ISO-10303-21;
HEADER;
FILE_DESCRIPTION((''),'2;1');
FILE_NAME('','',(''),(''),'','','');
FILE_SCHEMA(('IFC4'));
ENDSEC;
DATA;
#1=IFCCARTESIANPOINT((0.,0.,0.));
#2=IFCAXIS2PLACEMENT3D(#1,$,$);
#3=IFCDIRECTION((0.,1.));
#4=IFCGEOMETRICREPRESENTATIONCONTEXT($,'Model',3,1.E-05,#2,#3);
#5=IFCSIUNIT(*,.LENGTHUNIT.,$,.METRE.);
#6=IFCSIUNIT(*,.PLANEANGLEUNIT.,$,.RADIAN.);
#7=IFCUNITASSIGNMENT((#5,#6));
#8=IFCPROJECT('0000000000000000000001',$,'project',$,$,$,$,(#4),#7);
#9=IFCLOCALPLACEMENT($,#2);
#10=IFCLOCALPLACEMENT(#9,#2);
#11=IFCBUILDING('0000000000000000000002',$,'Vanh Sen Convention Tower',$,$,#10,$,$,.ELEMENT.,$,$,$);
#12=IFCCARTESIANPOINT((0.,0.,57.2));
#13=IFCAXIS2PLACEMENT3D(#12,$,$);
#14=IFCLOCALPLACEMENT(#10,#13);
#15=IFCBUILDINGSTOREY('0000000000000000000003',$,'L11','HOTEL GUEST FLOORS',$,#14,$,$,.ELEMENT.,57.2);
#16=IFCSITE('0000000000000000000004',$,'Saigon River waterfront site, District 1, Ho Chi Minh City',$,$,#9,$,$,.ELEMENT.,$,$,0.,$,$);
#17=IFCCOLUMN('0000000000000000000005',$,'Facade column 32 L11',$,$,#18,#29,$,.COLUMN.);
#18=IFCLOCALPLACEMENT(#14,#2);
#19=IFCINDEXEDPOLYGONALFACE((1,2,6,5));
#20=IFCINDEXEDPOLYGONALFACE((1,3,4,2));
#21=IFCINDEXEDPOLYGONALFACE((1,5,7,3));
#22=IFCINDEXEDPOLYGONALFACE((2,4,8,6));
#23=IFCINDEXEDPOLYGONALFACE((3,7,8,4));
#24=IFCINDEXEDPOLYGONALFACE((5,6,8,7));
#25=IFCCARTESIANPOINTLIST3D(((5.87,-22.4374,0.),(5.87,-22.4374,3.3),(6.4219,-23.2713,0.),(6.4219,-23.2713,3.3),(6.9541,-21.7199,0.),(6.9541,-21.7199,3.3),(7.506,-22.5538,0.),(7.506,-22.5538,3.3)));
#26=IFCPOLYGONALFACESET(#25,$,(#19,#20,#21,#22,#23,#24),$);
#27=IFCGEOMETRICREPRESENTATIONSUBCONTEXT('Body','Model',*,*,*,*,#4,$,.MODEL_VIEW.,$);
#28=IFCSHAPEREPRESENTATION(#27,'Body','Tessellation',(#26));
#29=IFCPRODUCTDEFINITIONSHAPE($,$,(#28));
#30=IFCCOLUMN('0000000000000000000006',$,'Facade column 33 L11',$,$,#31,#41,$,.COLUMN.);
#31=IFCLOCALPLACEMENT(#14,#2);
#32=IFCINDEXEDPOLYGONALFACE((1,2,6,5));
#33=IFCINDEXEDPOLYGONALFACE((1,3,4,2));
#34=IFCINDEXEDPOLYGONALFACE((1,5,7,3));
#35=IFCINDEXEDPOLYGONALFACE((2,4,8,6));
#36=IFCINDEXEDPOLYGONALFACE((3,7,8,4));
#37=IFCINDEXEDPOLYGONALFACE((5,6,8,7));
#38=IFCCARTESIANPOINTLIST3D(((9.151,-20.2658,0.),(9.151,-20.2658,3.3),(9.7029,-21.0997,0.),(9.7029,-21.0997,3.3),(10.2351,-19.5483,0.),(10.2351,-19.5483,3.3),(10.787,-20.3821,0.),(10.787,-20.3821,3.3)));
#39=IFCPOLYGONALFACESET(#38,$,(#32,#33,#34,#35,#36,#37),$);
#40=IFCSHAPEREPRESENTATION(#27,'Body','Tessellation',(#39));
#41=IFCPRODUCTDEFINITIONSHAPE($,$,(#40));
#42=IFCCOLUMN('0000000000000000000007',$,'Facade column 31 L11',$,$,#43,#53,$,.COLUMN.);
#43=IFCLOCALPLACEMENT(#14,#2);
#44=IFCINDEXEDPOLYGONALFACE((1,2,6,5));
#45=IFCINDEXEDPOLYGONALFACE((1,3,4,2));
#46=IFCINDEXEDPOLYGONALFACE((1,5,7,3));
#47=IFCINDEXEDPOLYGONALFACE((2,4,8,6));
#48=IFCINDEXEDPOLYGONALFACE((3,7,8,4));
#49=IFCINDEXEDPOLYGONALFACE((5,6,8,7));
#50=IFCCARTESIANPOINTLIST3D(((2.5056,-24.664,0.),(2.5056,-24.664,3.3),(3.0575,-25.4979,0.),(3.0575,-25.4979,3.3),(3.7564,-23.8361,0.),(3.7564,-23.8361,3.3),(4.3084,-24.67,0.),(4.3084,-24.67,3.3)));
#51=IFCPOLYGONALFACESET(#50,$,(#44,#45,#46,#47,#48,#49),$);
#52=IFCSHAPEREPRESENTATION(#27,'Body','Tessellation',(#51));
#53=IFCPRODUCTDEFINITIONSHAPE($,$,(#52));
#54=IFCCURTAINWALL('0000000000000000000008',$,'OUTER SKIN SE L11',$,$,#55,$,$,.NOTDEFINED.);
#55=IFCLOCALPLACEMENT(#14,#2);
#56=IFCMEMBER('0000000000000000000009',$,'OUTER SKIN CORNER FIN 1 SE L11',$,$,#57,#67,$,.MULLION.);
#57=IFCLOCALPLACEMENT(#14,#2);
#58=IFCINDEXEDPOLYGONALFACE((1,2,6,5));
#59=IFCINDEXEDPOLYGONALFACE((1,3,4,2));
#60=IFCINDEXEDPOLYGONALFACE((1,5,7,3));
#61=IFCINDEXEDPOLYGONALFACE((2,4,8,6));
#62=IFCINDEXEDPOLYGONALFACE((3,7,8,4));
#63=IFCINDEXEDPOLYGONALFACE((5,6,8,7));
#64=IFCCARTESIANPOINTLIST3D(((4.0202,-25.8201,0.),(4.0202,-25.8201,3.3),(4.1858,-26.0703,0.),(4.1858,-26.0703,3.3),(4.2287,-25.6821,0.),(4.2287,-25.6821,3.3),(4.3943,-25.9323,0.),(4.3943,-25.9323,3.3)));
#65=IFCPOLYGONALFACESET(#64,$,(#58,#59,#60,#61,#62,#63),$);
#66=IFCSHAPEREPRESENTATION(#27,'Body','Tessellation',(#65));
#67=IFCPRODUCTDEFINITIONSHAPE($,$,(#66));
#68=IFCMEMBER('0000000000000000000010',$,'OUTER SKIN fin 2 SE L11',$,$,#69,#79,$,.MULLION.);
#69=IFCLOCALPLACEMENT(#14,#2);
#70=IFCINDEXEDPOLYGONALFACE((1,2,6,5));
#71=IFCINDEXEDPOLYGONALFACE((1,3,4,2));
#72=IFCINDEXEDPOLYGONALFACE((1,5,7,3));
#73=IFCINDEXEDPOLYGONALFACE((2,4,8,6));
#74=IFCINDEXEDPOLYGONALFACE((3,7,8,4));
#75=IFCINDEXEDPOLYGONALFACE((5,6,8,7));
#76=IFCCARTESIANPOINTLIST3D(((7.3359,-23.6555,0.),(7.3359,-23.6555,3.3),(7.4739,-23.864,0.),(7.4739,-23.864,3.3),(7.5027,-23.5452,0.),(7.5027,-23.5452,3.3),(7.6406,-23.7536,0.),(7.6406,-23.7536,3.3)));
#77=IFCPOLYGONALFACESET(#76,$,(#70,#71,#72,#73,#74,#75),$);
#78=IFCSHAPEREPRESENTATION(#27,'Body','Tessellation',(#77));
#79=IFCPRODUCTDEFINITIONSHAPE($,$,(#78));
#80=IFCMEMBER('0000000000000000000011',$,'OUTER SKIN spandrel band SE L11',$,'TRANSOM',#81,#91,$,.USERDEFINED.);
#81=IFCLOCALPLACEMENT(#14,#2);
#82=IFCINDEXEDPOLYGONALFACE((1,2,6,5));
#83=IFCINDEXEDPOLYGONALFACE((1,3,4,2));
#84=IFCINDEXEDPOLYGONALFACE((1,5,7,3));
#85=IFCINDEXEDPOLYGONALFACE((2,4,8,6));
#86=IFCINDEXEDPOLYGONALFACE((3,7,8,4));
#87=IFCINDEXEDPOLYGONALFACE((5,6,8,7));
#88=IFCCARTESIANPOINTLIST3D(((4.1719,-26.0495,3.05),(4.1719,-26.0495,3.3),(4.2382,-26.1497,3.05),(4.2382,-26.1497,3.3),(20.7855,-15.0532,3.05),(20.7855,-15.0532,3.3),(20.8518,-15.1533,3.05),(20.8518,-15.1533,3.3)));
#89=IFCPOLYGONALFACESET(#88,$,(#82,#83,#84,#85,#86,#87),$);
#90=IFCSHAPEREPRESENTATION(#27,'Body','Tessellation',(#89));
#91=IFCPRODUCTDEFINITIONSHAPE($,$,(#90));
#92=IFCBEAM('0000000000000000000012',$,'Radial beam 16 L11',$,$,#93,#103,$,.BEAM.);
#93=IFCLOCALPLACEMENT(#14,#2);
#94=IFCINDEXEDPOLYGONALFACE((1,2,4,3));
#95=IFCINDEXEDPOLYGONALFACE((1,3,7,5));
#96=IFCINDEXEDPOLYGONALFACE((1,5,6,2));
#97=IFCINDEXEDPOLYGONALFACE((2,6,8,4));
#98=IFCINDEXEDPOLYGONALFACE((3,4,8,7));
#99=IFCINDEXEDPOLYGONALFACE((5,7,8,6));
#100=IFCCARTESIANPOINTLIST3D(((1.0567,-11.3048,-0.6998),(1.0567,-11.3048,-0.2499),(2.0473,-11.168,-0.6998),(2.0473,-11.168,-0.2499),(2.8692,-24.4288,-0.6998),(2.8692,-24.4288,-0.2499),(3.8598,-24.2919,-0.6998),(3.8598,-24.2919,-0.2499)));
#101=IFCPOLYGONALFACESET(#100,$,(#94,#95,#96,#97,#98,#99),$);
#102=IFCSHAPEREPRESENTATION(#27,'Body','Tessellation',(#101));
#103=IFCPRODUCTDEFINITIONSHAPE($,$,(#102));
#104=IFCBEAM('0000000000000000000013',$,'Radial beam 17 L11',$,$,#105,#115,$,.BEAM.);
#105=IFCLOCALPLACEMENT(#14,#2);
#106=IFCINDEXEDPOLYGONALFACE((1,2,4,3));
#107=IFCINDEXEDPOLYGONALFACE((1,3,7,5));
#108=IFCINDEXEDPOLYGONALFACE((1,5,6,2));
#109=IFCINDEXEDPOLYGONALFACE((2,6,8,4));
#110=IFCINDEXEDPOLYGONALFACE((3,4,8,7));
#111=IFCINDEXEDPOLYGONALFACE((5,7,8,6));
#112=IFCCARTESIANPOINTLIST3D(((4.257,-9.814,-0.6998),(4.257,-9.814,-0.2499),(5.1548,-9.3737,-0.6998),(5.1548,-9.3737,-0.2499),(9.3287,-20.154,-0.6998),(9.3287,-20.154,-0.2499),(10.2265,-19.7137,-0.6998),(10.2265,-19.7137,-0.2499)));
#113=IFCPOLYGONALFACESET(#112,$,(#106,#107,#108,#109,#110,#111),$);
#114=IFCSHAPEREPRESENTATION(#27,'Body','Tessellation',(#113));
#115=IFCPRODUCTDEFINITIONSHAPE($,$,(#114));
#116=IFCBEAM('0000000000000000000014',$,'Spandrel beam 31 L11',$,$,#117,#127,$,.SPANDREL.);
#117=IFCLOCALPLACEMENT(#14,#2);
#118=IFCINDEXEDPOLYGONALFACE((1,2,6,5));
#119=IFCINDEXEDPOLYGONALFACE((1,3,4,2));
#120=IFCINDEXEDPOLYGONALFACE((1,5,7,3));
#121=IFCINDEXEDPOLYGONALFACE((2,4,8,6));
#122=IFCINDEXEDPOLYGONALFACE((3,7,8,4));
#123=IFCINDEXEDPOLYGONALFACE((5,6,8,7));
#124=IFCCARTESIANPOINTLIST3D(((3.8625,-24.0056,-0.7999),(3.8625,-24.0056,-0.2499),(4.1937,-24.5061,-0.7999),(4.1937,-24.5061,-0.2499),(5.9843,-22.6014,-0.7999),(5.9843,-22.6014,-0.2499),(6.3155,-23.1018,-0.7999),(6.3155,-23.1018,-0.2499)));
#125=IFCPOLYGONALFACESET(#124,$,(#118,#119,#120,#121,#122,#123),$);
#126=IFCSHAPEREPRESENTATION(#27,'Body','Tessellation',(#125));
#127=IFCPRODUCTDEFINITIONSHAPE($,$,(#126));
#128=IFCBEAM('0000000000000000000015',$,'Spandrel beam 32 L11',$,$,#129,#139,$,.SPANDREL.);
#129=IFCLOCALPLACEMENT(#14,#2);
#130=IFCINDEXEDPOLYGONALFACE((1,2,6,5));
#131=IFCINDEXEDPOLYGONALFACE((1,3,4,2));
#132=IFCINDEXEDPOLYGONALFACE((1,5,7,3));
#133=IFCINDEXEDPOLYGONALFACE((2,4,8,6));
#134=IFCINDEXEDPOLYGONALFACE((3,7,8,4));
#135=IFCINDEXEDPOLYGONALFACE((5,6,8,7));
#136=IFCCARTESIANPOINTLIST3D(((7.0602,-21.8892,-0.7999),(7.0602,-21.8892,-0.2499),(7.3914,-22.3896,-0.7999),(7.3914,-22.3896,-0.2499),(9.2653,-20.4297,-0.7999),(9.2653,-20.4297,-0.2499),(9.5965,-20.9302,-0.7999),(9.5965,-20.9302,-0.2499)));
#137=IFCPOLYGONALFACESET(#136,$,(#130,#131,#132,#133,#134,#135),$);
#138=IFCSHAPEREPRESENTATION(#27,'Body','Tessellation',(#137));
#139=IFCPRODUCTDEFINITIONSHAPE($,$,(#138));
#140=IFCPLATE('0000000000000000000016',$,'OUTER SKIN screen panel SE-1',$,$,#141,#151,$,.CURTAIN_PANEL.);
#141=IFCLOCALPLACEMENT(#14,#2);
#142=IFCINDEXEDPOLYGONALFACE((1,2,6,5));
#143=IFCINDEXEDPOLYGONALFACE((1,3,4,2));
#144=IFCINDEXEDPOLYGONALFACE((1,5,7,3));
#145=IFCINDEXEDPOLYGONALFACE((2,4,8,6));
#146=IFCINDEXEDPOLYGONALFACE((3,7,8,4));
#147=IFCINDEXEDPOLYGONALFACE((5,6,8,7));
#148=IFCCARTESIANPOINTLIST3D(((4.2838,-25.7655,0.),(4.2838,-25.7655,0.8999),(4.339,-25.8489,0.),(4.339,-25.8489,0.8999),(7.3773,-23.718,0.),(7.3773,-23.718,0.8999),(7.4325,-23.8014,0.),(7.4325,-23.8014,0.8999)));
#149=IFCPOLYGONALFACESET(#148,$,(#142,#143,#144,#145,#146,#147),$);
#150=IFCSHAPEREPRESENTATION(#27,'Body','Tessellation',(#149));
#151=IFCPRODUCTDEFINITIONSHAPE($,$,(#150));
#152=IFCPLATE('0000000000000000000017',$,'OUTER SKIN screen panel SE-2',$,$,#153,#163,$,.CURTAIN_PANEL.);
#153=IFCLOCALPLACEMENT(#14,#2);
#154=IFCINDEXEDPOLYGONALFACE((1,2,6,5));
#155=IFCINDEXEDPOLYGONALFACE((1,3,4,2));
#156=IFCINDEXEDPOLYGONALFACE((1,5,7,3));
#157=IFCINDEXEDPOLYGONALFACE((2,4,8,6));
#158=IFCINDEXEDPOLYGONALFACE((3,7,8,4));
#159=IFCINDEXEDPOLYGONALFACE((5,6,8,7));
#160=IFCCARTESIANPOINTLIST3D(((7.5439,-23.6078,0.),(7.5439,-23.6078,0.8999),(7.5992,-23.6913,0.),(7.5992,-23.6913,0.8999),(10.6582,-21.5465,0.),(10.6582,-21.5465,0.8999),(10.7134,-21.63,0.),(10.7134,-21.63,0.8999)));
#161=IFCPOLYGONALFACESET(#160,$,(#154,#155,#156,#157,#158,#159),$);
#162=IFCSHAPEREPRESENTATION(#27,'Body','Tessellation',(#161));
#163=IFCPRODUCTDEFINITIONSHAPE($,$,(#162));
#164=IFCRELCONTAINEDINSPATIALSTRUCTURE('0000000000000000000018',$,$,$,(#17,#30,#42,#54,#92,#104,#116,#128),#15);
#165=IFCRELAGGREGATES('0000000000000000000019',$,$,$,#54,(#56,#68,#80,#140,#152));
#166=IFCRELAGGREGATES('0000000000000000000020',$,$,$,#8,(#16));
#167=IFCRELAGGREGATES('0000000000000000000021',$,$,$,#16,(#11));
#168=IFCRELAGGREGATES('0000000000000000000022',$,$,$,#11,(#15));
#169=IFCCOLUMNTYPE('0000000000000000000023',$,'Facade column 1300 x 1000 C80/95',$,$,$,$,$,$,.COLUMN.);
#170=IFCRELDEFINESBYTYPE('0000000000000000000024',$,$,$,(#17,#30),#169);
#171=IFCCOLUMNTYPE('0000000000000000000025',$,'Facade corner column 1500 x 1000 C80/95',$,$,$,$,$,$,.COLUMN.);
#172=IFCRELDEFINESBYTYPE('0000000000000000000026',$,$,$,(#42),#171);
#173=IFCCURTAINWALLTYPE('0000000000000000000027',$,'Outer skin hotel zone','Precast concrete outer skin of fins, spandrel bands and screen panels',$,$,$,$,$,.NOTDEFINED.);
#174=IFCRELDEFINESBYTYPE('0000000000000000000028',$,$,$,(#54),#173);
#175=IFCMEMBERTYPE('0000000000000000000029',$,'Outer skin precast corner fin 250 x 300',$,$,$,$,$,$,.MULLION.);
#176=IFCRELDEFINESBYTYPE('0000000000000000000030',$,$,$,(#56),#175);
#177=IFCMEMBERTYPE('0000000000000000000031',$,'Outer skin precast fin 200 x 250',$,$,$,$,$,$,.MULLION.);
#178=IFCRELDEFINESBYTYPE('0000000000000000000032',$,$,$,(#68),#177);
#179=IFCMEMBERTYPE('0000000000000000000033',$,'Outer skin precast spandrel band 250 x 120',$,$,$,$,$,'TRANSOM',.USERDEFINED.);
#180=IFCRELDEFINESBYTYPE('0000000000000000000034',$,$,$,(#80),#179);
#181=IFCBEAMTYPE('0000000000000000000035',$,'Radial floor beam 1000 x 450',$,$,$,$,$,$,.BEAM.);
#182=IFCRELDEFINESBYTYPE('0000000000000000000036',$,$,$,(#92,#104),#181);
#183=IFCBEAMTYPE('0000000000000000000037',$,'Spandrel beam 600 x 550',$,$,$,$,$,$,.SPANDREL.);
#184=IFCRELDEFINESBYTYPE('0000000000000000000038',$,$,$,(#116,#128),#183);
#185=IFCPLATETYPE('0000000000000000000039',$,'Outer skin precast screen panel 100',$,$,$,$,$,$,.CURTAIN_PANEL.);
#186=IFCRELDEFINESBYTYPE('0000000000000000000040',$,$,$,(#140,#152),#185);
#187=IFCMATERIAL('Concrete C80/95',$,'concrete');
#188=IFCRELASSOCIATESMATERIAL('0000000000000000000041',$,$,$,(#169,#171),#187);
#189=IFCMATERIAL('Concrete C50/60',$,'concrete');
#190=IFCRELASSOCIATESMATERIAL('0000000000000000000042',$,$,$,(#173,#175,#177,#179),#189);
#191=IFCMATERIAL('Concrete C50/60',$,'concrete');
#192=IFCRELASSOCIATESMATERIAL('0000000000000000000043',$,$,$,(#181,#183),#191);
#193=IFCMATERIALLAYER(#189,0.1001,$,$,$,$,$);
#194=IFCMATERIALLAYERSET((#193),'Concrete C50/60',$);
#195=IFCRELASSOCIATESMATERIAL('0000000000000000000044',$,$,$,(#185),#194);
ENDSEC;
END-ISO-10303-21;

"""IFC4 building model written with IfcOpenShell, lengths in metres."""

from ifc_helpers import new_model, si_unit, direction, frame, origin, origin_2d, place, context, subcontext, project, spatial, rectangle, extrude, material, layer, layer_set, material_profile, profile_set, type_object, element, aggregate, save


model = new_model("IFC4")

# Units and contexts
model_context = context("Model", 3, precision=1e-05, world=origin(), true_north=direction((0.0, 1.0)))
body_context = subcontext(model_context, "Body", "Model", "MODEL_VIEW")
ifc_project = project(units=[si_unit("LENGTHUNIT", "METRE"), si_unit("PLANEANGLEUNIT", "RADIAN")], contexts=[model_context])

# Site, building, storey
site_placement = place(None, origin())
site = spatial("IfcSite", under=ifc_project, at=site_placement, Name="Saigon River waterfront site, District 1, Ho Chi Minh City", CompositionType="ELEMENT", RefElevation=0.0)
building_placement = place(site_placement, origin())
building = spatial("IfcBuilding", under=site, at=building_placement, Name="Vanh Sen Convention Tower", CompositionType="ELEMENT")
storey_placement = place(building_placement, frame((0.0, 0.0, 57.2)))
storey = spatial("IfcBuildingStorey", under=building, at=storey_placement, Name="L11", Description="HOTEL GUEST FLOORS", CompositionType="ELEMENT", Elevation=57.2)

# Columns
ifc_material_1 = material(Name="Concrete C80/95", Category="concrete")
ifc_material_profile_1 = material_profile(ifc_material_1, rectangle(XDim=1.3, YDim=1.0, at=origin_2d()), Name="RC 1300X1000")
ifc_profile_set_1 = profile_set([ifc_material_profile_1], Name="Concrete C80/95")
column_type_1 = type_object("IfcColumnType", Name="Facade column 1300 x 1000 C80/95", PredefinedType="COLUMN", material=ifc_profile_set_1)
for number, where, z_axis, x_axis, name in (
    (1, (6.688, -22.4956, 0.0), (0.0, 0.0, 1.0), (0.833886, 0.551937, 0.0), "Facade column 32 L11"),
    (2, (9.969, -20.324, 0.0), (0.0, 0.0, 1.0), (0.833886, 0.551937, 0.0), "Facade column 33 L11"),
):
    element("IfcColumn", number, at=place(storey_placement, frame(where, z_axis=z_axis, x_axis=x_axis)), inside=storey, type_object=column_type_1, Name=name, PredefinedType="COLUMN", context=body_context, shape_type="SweptSolid", body=[
        extrude(rectangle(XDim=1.3, YDim=1.0, at=origin_2d()), origin(), (0.0, 0.0, 1.0), 3.3),
    ])
ifc_material_profile_2 = material_profile(ifc_material_1, rectangle(XDim=1.5, YDim=1.0, at=origin_2d()), Name="RC 1500X1000")
ifc_profile_set_2 = profile_set([ifc_material_profile_2], Name="Concrete C80/95")
column_type_2 = type_object("IfcColumnType", Name="Facade corner column 1500 x 1000 C80/95", PredefinedType="COLUMN", material=ifc_profile_set_2)
column_placement = place(storey_placement, frame((3.407, -24.667, 0.0), z_axis=(0.0, 0.0, 1.0), x_axis=(0.833886, 0.551937, 0.0)))
element("IfcColumn", 3, at=column_placement, inside=storey, type_object=column_type_2, Name="Facade column 31 L11", PredefinedType="COLUMN", context=body_context, shape_type="SweptSolid", body=[
    extrude(rectangle(XDim=1.5, YDim=1.0, at=origin_2d()), origin(), (0.0, 0.0, 1.0), 3.3),
])

# Curtain wall, members
ifc_material_2 = material(Name="Concrete C50/60", Category="concrete")
curtain_wall_type = type_object("IfcCurtainWallType", Name="Outer skin hotel zone", Description="Precast concrete outer skin of fins, spandrel bands and screen panels", PredefinedType="NOTDEFINED", material=ifc_material_2)
curtain_wall_placement = place(storey_placement, origin())
curtain_wall = element("IfcCurtainWall", 4, at=curtain_wall_placement, inside=storey, type_object=curtain_wall_type, Name="OUTER SKIN SE L11", PredefinedType="NOTDEFINED")
ifc_material_profile_3 = material_profile(ifc_material_2, rectangle(XDim=0.25, YDim=0.3, at=origin_2d()), Name="Outer skin precast corner fin 250 x 300")
ifc_profile_set_3 = profile_set([ifc_material_profile_3], Name="Concrete C50/60")
member_type_1 = type_object("IfcMemberType", Name="Outer skin precast corner fin 250 x 300", PredefinedType="MULLION", material=ifc_profile_set_3)
member_1_placement = place(storey_placement, frame((4.2073, -25.8762, 0.0), z_axis=(0.0, 0.0, 1.0), x_axis=(0.833886, 0.551937, 0.0)))
member_1 = element("IfcMember", 5, at=member_1_placement, type_object=member_type_1, Name="OUTER SKIN CORNER FIN 1 SE L11", PredefinedType="MULLION", context=body_context, shape_type="SweptSolid", body=[
    extrude(rectangle(XDim=0.25, YDim=0.3, at=origin_2d()), origin(), (0.0, 0.0, 1.0), 3.3),
])
ifc_material_profile_4 = material_profile(ifc_material_2, rectangle(XDim=0.2, YDim=0.25, at=origin_2d()), Name="Outer skin precast fin 200 x 250")
ifc_profile_set_4 = profile_set([ifc_material_profile_4], Name="Concrete C50/60")
member_type_2 = type_object("IfcMemberType", Name="Outer skin precast fin 200 x 250", PredefinedType="MULLION", material=ifc_profile_set_4)
member_2_placement = place(storey_placement, frame((7.4883, -23.7046, 0.0), z_axis=(0.0, 0.0, 1.0), x_axis=(0.833886, 0.551937, 0.0)))
member_2 = element("IfcMember", 6, at=member_2_placement, type_object=member_type_2, Name="OUTER SKIN fin 2 SE L11", PredefinedType="MULLION", context=body_context, shape_type="SweptSolid", body=[
    extrude(rectangle(XDim=0.2, YDim=0.25, at=origin_2d()), origin(), (0.0, 0.0, 1.0), 3.3),
])
ifc_material_profile_5 = material_profile(ifc_material_2, rectangle(XDim=0.1201, YDim=0.25, at=origin_2d()), Name="Outer skin precast spandrel band 250 x 120")
ifc_profile_set_5 = profile_set([ifc_material_profile_5], Name="Concrete C50/60")
member_type_3 = type_object("IfcMemberType", Name="Outer skin precast spandrel band 250 x 120", ElementType="TRANSOM", PredefinedType="USERDEFINED", material=ifc_profile_set_5)
member_3_placement = place(storey_placement, frame((4.2051, -26.0996, 3.175), z_axis=(0.833884, 0.55194, 0.0), x_axis=(-0.55194, 0.833884, 0.0)))
member_3 = element("IfcMember", 7, at=member_3_placement, type_object=member_type_3, Name="OUTER SKIN spandrel band SE L11", ObjectType="TRANSOM", PredefinedType="USERDEFINED", context=body_context, shape_type="SweptSolid", body=[
    extrude(rectangle(XDim=0.1201, YDim=0.25, at=origin_2d()), origin(), (0.0, 0.0, 1.0), 19.9231),
])

# Beams
ifc_material_3 = material(Name="Concrete C50/60", Category="concrete")
ifc_material_profile_6 = material_profile(ifc_material_3, rectangle(XDim=1.0, YDim=0.45, at=origin_2d()), Name="RC 1000X450")
ifc_profile_set_6 = profile_set([ifc_material_profile_6], Name="Concrete C50/60")
beam_type_1 = type_object("IfcBeamType", Name="Radial floor beam 1000 x 450", PredefinedType="BEAM", material=ifc_profile_set_6)
beam_1_placement = place(storey_placement, frame((3.3645, -24.3604, -0.4749), z_axis=(-0.136807, 0.990598, 0.0), x_axis=(-0.990598, -0.136807, 0.0)))
element("IfcBeam", 8, at=beam_1_placement, inside=storey, type_object=beam_type_1, Name="Radial beam 16 L11", PredefinedType="BEAM", context=body_context, shape_type="SweptSolid", body=[
    extrude(rectangle(XDim=1.0, YDim=0.45, at=origin_2d()), origin(), (0.0, 0.0, 1.0), 13.2485),
])
beam_2_placement = place(storey_placement, frame((9.7776, -19.9338, -0.4749), z_axis=(-0.440375, 0.897814, 0.0), x_axis=(-0.897814, -0.440375, 0.0)))
element("IfcBeam", 9, at=beam_2_placement, inside=storey, type_object=beam_type_1, Name="Radial beam 17 L11", PredefinedType="BEAM", context=body_context, shape_type="SweptSolid", body=[
    extrude(rectangle(XDim=1.0, YDim=0.45, at=origin_2d()), origin(), (0.0, 0.0, 1.0), 11.5168),
])
ifc_material_profile_7 = material_profile(ifc_material_3, rectangle(XDim=0.6001, YDim=0.55, at=origin_2d()), Name="RC 600X550")
ifc_profile_set_7 = profile_set([ifc_material_profile_7], Name="Concrete C50/60")
beam_type_2 = type_object("IfcBeamType", Name="Spandrel beam 600 x 550", PredefinedType="SPANDREL", material=ifc_profile_set_7)
beam_3_placement = place(storey_placement, frame((4.0281, -24.2559, -0.5249), z_axis=(0.833906, 0.551907, 0.0), x_axis=(-0.551907, 0.833906, 0.0)))
element("IfcBeam", 10, at=beam_3_placement, inside=storey, type_object=beam_type_2, Name="Spandrel beam 31 L11", PredefinedType="SPANDREL", context=body_context, shape_type="SweptSolid", body=[
    extrude(rectangle(XDim=0.6001, YDim=0.55, at=origin_2d()), origin(), (0.0, 0.0, 1.0), 2.5444),
])
beam_4_placement = place(storey_placement, frame((7.2258, -22.1394, -0.5249), z_axis=(0.833892, 0.551927, 0.0), x_axis=(-0.551927, 0.833892, 0.0)))
element("IfcBeam", 11, at=beam_4_placement, inside=storey, type_object=beam_type_2, Name="Spandrel beam 32 L11", PredefinedType="SPANDREL", context=body_context, shape_type="SweptSolid", body=[
    extrude(rectangle(XDim=0.6001, YDim=0.55, at=origin_2d()), origin(), (0.0, 0.0, 1.0), 2.6443),
])

# Plates
ifc_layer_1 = layer(ifc_material_2, 0.1001)
ifc_layer_set_1 = layer_set([ifc_layer_1], Name="Concrete C50/60")
plate_type = type_object("IfcPlateType", Name="Outer skin precast screen panel 100", PredefinedType="CURTAIN_PANEL", material=ifc_layer_set_1)
plate_1_placement = place(storey_placement, frame((5.8582, -24.7834, 0.0), z_axis=(0.0, 0.0, 1.0), x_axis=(0.833892, 0.551928, 0.0)))
plate_1 = element("IfcPlate", 12, at=plate_1_placement, type_object=plate_type, Name="OUTER SKIN screen panel SE-1", PredefinedType="CURTAIN_PANEL", context=body_context, shape_type="SweptSolid", body=[
    extrude(rectangle(XDim=3.7097, YDim=0.1001, at=origin_2d()), origin(), (0.0, 0.0, 1.0), 0.8999),
])
plate_2_placement = place(storey_placement, frame((9.1287, -22.6189, 0.0), z_axis=(0.0, 0.0, 1.0), x_axis=(0.833892, 0.551928, 0.0)))
plate_2 = element("IfcPlate", 13, at=plate_2_placement, type_object=plate_type, Name="OUTER SKIN screen panel SE-2", PredefinedType="CURTAIN_PANEL", context=body_context, shape_type="SweptSolid", body=[
    extrude(rectangle(XDim=3.7346, YDim=0.1001, at=origin_2d()), origin(), (0.0, 0.0, 1.0), 0.8999),
])
aggregate(curtain_wall, [member_1, member_2, member_3, plate_1, plate_2])

save(model, "model.ifc")
